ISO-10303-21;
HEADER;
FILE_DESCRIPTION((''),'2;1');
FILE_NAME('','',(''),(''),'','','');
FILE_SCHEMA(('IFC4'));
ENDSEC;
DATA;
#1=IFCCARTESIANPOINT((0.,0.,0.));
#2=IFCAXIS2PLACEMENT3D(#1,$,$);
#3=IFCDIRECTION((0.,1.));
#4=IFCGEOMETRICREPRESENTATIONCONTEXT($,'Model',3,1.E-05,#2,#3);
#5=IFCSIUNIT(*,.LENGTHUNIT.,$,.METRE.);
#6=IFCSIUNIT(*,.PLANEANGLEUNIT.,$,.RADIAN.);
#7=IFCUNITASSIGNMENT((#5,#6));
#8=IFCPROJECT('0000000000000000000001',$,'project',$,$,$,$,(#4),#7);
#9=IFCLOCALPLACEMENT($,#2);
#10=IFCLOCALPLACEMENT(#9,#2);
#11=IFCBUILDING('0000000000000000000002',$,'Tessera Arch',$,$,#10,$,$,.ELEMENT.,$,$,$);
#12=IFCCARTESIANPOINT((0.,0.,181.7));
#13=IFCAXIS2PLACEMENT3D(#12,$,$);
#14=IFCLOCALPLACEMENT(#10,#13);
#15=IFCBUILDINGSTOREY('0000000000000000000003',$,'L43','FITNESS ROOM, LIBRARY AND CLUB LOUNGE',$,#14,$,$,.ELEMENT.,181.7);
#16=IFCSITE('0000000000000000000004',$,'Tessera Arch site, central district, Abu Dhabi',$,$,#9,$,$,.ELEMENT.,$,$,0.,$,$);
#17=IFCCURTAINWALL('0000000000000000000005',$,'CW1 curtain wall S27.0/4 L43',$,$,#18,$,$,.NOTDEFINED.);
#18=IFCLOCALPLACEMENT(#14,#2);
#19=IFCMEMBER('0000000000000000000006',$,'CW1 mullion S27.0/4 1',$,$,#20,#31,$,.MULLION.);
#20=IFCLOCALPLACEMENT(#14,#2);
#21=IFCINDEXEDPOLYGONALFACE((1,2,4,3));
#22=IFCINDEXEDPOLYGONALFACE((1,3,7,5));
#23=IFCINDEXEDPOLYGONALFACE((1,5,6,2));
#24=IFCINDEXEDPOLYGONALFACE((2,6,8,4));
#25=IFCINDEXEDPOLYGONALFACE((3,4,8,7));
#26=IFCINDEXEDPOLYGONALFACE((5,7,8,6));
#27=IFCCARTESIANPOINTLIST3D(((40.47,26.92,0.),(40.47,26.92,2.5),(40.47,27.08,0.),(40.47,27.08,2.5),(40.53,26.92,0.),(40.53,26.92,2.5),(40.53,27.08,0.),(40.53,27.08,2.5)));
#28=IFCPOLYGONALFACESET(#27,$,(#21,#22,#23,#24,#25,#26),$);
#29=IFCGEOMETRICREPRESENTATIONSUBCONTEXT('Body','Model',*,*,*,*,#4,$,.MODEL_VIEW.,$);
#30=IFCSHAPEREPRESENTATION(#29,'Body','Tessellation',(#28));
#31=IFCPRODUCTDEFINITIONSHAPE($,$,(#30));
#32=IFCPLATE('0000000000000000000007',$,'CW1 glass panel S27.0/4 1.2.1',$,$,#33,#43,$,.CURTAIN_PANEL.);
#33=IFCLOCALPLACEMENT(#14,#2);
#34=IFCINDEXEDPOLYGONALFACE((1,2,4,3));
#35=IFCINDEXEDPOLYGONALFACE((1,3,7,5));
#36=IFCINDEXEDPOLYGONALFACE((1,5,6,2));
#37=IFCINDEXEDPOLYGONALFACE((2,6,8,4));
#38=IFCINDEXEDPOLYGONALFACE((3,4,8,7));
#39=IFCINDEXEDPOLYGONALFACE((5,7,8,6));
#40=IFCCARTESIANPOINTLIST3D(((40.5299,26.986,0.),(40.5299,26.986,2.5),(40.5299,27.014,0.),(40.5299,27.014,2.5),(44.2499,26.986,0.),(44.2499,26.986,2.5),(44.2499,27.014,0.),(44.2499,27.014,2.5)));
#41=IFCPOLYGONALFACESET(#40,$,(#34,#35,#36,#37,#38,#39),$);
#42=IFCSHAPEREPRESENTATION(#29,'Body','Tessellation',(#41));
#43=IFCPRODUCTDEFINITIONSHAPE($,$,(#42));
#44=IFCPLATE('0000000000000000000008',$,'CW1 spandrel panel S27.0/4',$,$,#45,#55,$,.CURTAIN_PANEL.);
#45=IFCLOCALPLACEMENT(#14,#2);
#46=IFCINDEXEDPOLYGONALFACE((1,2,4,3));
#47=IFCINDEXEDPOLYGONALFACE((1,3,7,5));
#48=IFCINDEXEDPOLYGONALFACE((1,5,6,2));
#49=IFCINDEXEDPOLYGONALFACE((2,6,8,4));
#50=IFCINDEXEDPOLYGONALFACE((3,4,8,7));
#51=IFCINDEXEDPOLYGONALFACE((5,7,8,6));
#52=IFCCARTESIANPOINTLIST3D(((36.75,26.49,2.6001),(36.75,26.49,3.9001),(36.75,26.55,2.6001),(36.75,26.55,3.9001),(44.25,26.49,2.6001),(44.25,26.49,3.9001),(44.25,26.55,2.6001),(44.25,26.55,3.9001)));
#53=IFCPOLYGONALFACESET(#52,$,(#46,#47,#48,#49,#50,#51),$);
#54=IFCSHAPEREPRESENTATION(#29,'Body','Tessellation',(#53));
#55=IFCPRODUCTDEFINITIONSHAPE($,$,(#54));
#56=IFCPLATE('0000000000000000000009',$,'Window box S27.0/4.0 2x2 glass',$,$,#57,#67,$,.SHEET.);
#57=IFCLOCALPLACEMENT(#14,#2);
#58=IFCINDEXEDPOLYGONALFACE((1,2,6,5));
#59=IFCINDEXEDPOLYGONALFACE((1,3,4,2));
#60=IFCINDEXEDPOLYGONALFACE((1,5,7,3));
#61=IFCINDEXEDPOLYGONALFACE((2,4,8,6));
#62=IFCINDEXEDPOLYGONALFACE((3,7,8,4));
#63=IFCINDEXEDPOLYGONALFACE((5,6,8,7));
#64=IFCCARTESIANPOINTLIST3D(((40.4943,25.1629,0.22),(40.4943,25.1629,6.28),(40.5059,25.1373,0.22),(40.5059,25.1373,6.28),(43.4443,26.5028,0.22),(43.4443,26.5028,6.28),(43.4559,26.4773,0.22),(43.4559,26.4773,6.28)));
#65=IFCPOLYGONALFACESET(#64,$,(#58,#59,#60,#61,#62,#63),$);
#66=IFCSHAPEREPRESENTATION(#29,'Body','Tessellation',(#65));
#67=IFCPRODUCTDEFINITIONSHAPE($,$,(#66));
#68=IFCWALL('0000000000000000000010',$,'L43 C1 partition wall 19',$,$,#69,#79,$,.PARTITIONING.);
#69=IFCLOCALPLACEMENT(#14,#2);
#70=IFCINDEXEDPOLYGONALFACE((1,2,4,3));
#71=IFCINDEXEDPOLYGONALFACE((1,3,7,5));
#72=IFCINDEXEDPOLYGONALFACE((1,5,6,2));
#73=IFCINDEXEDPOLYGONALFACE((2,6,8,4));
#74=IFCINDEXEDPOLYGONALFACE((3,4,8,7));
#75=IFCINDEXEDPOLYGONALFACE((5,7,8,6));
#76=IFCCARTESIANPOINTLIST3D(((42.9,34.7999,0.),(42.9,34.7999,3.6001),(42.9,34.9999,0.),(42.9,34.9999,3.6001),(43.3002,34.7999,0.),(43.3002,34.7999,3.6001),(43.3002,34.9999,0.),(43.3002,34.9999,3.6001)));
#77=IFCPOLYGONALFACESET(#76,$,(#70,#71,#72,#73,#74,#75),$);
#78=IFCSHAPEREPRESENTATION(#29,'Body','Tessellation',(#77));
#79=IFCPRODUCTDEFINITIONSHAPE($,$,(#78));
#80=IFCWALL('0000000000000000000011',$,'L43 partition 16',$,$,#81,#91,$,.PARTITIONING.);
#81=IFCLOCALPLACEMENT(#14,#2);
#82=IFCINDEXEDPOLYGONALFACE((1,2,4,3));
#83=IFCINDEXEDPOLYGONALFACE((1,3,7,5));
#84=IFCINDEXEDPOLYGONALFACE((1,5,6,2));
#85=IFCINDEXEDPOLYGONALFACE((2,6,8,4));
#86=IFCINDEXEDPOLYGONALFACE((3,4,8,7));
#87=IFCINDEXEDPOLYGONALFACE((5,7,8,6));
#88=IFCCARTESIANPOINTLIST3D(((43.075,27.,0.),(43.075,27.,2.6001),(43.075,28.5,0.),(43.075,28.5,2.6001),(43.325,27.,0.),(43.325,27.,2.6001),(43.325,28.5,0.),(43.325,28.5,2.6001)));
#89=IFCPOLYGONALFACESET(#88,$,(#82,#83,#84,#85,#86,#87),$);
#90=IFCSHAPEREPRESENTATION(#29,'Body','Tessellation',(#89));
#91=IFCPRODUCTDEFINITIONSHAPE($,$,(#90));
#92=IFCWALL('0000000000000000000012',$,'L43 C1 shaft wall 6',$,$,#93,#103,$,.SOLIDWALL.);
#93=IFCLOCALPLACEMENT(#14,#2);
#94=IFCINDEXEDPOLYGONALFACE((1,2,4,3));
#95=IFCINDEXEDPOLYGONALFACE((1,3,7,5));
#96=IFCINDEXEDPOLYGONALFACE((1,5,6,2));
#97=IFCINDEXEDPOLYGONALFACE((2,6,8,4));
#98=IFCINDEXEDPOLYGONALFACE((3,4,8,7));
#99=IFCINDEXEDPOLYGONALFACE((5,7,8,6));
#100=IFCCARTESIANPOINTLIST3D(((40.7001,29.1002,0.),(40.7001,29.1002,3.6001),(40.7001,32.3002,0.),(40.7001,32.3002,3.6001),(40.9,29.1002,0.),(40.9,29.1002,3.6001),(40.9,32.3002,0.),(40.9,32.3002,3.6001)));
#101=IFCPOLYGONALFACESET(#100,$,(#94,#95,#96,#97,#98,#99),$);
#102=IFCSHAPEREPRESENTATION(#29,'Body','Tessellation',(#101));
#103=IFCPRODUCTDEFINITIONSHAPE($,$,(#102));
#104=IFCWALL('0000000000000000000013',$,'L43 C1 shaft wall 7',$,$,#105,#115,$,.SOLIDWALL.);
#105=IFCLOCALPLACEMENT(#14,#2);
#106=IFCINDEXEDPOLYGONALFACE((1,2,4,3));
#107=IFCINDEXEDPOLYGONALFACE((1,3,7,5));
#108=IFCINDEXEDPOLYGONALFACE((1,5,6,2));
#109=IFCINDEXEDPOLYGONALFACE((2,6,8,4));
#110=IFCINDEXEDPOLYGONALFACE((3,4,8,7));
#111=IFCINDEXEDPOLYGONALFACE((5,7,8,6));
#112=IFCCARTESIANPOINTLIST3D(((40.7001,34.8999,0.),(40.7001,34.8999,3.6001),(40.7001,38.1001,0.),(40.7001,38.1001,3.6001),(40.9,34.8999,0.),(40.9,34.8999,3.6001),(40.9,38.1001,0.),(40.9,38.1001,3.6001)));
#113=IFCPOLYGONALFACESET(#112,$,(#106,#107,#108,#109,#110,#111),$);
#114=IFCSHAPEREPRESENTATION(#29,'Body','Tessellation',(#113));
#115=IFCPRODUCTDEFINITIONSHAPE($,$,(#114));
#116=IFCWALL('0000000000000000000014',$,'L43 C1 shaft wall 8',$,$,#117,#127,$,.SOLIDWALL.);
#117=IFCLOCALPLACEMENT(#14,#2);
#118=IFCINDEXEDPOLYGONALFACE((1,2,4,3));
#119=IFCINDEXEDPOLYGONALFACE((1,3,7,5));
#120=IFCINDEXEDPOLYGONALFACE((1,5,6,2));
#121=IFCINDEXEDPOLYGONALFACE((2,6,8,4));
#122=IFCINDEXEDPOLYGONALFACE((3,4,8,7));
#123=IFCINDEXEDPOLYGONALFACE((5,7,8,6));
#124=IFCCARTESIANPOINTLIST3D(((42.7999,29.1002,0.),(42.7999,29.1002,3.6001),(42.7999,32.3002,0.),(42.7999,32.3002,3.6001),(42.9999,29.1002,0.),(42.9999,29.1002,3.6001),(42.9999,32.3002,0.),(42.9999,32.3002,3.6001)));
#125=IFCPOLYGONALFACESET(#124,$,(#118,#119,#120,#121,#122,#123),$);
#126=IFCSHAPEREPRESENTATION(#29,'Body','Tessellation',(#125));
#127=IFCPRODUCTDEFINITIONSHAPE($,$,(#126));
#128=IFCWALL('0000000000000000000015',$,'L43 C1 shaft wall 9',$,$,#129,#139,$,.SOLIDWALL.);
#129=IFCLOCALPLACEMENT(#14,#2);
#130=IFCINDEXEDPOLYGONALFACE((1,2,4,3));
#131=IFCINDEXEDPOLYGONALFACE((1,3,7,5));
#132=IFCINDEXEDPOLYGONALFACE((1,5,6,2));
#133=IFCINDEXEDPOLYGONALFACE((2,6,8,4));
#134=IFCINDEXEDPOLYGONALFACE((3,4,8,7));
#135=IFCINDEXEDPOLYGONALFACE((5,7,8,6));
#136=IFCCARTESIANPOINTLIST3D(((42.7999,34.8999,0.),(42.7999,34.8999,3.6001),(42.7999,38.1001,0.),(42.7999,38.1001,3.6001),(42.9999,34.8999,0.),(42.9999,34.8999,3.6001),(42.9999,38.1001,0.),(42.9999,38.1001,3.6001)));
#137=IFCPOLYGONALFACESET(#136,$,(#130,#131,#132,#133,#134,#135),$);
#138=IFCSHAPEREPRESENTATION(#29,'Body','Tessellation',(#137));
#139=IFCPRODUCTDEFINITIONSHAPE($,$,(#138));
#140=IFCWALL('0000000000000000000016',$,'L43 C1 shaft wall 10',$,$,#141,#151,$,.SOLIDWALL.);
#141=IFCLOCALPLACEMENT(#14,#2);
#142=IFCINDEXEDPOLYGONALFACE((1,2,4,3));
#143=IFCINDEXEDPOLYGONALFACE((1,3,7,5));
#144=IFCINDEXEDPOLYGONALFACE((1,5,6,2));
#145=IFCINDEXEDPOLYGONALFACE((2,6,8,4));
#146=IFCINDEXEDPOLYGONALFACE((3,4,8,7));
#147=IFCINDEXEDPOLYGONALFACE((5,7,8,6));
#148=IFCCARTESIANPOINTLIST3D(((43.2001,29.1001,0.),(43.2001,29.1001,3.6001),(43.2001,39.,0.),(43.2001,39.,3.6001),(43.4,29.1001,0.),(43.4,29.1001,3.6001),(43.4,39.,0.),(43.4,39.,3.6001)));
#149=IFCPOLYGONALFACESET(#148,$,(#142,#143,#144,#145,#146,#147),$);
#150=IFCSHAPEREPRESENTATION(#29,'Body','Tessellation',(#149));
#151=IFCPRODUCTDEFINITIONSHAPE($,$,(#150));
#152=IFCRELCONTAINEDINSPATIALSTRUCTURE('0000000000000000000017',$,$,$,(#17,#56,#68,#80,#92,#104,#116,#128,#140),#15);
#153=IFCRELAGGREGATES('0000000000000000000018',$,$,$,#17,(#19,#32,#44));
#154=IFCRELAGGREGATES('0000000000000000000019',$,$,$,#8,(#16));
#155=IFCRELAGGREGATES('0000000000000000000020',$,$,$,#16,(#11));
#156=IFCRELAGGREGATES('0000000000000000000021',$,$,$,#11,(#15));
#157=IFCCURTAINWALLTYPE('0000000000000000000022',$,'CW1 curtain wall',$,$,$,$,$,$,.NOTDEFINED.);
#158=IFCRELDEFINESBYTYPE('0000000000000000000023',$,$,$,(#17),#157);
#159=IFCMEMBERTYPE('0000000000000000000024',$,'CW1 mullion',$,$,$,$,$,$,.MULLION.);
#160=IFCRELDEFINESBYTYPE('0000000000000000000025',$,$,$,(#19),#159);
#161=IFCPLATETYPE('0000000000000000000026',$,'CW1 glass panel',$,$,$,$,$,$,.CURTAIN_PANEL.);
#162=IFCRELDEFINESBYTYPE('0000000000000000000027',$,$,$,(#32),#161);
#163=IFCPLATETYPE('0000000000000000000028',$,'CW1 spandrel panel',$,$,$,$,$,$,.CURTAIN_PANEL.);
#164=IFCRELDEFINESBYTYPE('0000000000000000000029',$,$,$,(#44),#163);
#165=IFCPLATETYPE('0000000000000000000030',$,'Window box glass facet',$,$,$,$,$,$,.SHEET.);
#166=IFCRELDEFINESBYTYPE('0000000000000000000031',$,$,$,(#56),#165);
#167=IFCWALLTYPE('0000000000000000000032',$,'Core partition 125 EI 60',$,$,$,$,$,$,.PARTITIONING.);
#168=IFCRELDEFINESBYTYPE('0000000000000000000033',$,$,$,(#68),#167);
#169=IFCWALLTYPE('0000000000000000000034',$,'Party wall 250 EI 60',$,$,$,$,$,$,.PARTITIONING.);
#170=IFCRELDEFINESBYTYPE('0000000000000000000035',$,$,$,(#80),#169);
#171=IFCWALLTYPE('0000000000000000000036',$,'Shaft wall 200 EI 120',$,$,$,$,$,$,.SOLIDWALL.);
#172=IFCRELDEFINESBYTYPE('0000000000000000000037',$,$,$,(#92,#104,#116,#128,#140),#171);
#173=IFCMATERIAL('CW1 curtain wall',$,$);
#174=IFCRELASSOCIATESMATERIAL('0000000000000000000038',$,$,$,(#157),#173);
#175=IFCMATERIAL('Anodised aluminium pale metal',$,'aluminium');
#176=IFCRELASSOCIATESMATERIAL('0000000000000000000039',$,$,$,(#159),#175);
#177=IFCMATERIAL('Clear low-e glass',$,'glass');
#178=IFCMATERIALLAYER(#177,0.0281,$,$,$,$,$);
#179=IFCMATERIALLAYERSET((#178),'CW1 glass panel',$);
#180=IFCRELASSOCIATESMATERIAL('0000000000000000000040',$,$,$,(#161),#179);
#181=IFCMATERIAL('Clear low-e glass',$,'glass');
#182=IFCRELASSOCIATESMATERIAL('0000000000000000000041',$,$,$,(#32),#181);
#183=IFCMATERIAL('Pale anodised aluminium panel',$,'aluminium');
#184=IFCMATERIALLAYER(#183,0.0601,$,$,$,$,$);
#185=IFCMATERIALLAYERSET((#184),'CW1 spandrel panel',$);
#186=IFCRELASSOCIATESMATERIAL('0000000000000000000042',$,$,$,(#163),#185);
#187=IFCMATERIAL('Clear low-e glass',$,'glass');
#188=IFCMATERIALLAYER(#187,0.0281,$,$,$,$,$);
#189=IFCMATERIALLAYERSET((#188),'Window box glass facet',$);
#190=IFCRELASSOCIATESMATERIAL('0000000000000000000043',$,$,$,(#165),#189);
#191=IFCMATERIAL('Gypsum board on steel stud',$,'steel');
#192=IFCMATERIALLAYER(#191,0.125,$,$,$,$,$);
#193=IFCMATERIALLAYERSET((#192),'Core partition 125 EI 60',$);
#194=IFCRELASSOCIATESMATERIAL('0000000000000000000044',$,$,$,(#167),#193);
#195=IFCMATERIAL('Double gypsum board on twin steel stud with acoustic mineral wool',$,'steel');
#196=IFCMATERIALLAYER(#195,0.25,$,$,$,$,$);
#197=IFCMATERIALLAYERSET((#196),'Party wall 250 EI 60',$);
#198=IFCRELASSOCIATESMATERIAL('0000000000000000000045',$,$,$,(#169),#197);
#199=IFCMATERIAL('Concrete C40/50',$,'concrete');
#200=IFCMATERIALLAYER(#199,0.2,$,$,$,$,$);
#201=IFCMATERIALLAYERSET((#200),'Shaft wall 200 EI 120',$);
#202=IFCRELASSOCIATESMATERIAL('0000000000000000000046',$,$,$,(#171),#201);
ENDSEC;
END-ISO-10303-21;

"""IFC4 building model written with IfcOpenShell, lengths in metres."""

from ifc_helpers import new_model, si_unit, direction, frame, frame_2d, origin, origin_2d, place, context, subcontext, project, spatial, rectangle, extrude, material, layer, layer_set, material_profile, profile_set, type_object, element, aggregate, save


model = new_model("IFC4")

# Units and contexts
model_context = context("Model", 3, precision=1e-05, world=origin(), true_north=direction((0.0, 1.0)))
body_context = subcontext(model_context, "Body", "Model", "MODEL_VIEW")
ifc_project = project(units=[si_unit("LENGTHUNIT", "METRE"), si_unit("PLANEANGLEUNIT", "RADIAN")], contexts=[model_context])

# Site, building, storey
site_placement = place(None, origin())
site = spatial("IfcSite", under=ifc_project, at=site_placement, Name="Tessera Arch site, central district, Abu Dhabi", CompositionType="ELEMENT", RefElevation=0.0)
building_placement = place(site_placement, origin())
building = spatial("IfcBuilding", under=site, at=building_placement, Name="Tessera Arch", CompositionType="ELEMENT")
storey_placement = place(building_placement, frame((0.0, 0.0, 181.7)))
storey = spatial("IfcBuildingStorey", under=building, at=storey_placement, Name="L43", Description="FITNESS ROOM, LIBRARY AND CLUB LOUNGE", CompositionType="ELEMENT", Elevation=181.7)

# Curtain wall, member, plates
ifc_material_1 = material(Name="CW1 curtain wall")
curtain_wall_type = type_object("IfcCurtainWallType", Name="CW1 curtain wall", PredefinedType="NOTDEFINED", material=ifc_material_1)
curtain_wall_placement = place(storey_placement, origin())
curtain_wall = element("IfcCurtainWall", 1, at=curtain_wall_placement, inside=storey, type_object=curtain_wall_type, Name="CW1 curtain wall S27.0/4 L43", PredefinedType="NOTDEFINED")
ifc_material_2 = material(Name="Anodised aluminium pale metal", Category="aluminium")
ifc_material_profile = material_profile(ifc_material_2, rectangle(XDim=0.1599, YDim=0.0601, at=origin_2d()), Name="AL 60x160")
ifc_profile_set = profile_set([ifc_material_profile], Name="Anodised aluminium pale metal")
member_type = type_object("IfcMemberType", Name="CW1 mullion", PredefinedType="MULLION", material=ifc_profile_set)
member_placement = place(storey_placement, frame((40.5, 27.0, 0.0), z_axis=(0.0, 0.0, 1.0), x_axis=(0.0, 1.0, 0.0)))
member = element("IfcMember", 2, at=member_placement, type_object=member_type, Name="CW1 mullion S27.0/4 1", PredefinedType="MULLION", context=body_context, shape_type="SweptSolid", body=[
    extrude(rectangle(XDim=0.1599, YDim=0.0601, at=origin_2d()), origin(), (0.0, 0.0, 1.0), 2.5),
])
ifc_material_3 = material(Name="Clear low-e glass", Category="glass")
ifc_material_4 = material(Name="Clear low-e glass", Category="glass")
ifc_layer_1 = layer(ifc_material_4, 0.0281)
ifc_layer_set_1 = layer_set([ifc_layer_1], Name="CW1 glass panel")
plate_type_1 = type_object("IfcPlateType", Name="CW1 glass panel", PredefinedType="CURTAIN_PANEL", material=ifc_layer_set_1)
plate_1_placement = place(storey_placement, frame((42.3899, 27.0, 0.0), z_axis=(0.0, 0.0, 1.0), x_axis=(1.0, 0.0, 0.0)))
plate_1 = element("IfcPlate", 3, at=plate_1_placement, type_object=plate_type_1, material=ifc_material_3, Name="CW1 glass panel S27.0/4 1.2.1", PredefinedType="CURTAIN_PANEL", context=body_context, shape_type="SweptSolid", body=[
    extrude(rectangle(XDim=3.72, YDim=0.0281, at=origin_2d()), origin(), (0.0, 0.0, 1.0), 2.5),
])
ifc_material_5 = material(Name="Pale anodised aluminium panel", Category="aluminium")
ifc_layer_2 = layer(ifc_material_5, 0.0601)
ifc_layer_set_2 = layer_set([ifc_layer_2], Name="CW1 spandrel panel")
plate_type_2 = type_object("IfcPlateType", Name="CW1 spandrel panel", PredefinedType="CURTAIN_PANEL", material=ifc_layer_set_2)
plate_2_placement = place(storey_placement, frame((40.5, 26.52, 2.6001), z_axis=(0.0, 0.0, 1.0), x_axis=(1.0, 0.0, 0.0)))
plate_2 = element("IfcPlate", 4, at=plate_2_placement, type_object=plate_type_2, Name="CW1 spandrel panel S27.0/4", PredefinedType="CURTAIN_PANEL", context=body_context, shape_type="SweptSolid", body=[
    extrude(rectangle(XDim=7.5, YDim=0.0601, at=origin_2d()), origin(), (0.0, 0.0, 1.0), 1.3),
])
aggregate(curtain_wall, [member, plate_1, plate_2])

# Plate
ifc_material_6 = material(Name="Clear low-e glass", Category="glass")
ifc_layer_3 = layer(ifc_material_6, 0.0281)
ifc_layer_set_3 = layer_set([ifc_layer_3], Name="Window box glass facet")
plate_type_3 = type_object("IfcPlateType", Name="Window box glass facet", PredefinedType="SHEET", material=ifc_layer_set_3)
plate_3_placement = place(storey_placement, frame((41.9751, 25.8201, 0.22), z_axis=(0.0, 0.0, 1.0), x_axis=(-0.910472, -0.41357, 0.0)))
element("IfcPlate", 5, at=plate_3_placement, inside=storey, type_object=plate_type_3, Name="Window box S27.0/4.0 2x2 glass", PredefinedType="SHEET", context=body_context, shape_type="SweptSolid", body=[
    extrude(rectangle(XDim=3.24, YDim=0.0281, at=origin_2d()), origin(), (0.0, 0.0, 1.0), 6.0601),
])

# Walls
ifc_material_7 = material(Name="Gypsum board on steel stud", Category="steel")
ifc_layer_4 = layer(ifc_material_7, 0.125)
ifc_layer_set_4 = layer_set([ifc_layer_4], Name="Core partition 125 EI 60")
wall_type_1 = type_object("IfcWallType", Name="Core partition 125 EI 60", PredefinedType="PARTITIONING", material=ifc_layer_set_4)
wall_1_placement = place(storey_placement, frame((42.8999, 34.8999, 0.0), z_axis=(0.0, 0.0, 1.0), x_axis=(1.0, 0.0, 0.0)))
element("IfcWall", 6, at=wall_1_placement, inside=storey, type_object=wall_type_1, Name="L43 C1 partition wall 19", PredefinedType="PARTITIONING", context=body_context, shape_type="SweptSolid", body=[
    extrude(rectangle(XDim=0.4001, YDim=0.2, at=frame_2d((0.2002, 0.0))), origin(), (0.0, 0.0, 1.0), 3.6001),
])
ifc_material_8 = material(Name="Double gypsum board on twin steel stud with acoustic mineral wool", Category="steel")
ifc_layer_5 = layer(ifc_material_8, 0.25)
ifc_layer_set_5 = layer_set([ifc_layer_5], Name="Party wall 250 EI 60")
wall_type_2 = type_object("IfcWallType", Name="Party wall 250 EI 60", PredefinedType="PARTITIONING", material=ifc_layer_set_5)
wall_2_placement = place(storey_placement, frame((43.2, 27.0, 0.0), z_axis=(0.0, 0.0, 1.0), x_axis=(0.0, 1.0, 0.0)))
element("IfcWall", 7, at=wall_2_placement, inside=storey, type_object=wall_type_2, Name="L43 partition 16", PredefinedType="PARTITIONING", context=body_context, shape_type="SweptSolid", body=[
    extrude(rectangle(XDim=1.5, YDim=0.25, at=frame_2d((0.75, 0.0))), origin(), (0.0, 0.0, 1.0), 2.6001),
])
ifc_material_9 = material(Name="Concrete C40/50", Category="concrete")
ifc_layer_6 = layer(ifc_material_9, 0.2)
ifc_layer_set_6 = layer_set([ifc_layer_6], Name="Shaft wall 200 EI 120")
wall_type_3 = type_object("IfcWallType", Name="Shaft wall 200 EI 120", PredefinedType="SOLIDWALL", material=ifc_layer_set_6)
wall_3_placement = place(storey_placement, frame((40.8, 29.1001, 0.0), z_axis=(0.0, 0.0, 1.0), x_axis=(0.0, 1.0, 0.0)))
element("IfcWall", 8, at=wall_3_placement, inside=storey, type_object=wall_type_3, Name="L43 C1 shaft wall 6", PredefinedType="SOLIDWALL", context=body_context, shape_type="SweptSolid", body=[
    extrude(rectangle(XDim=3.2, YDim=0.2, at=frame_2d((1.6001, 0.0))), origin(), (0.0, 0.0, 1.0), 3.6001),
])
wall_4_placement = place(storey_placement, frame((40.8, 34.8999, 0.0), z_axis=(0.0, 0.0, 1.0), x_axis=(0.0, 1.0, 0.0)))
element("IfcWall", 9, at=wall_4_placement, inside=storey, type_object=wall_type_3, Name="L43 C1 shaft wall 7", PredefinedType="SOLIDWALL", context=body_context, shape_type="SweptSolid", body=[
    extrude(rectangle(XDim=3.2002, YDim=0.2, at=frame_2d((1.6001, 0.0))), origin(), (0.0, 0.0, 1.0), 3.6001),
])
wall_5_placement = place(storey_placement, frame((42.8999, 29.1001, 0.0), z_axis=(0.0, 0.0, 1.0), x_axis=(0.0, 1.0, 0.0)))
element("IfcWall", 10, at=wall_5_placement, inside=storey, type_object=wall_type_3, Name="L43 C1 shaft wall 8", PredefinedType="SOLIDWALL", context=body_context, shape_type="SweptSolid", body=[
    extrude(rectangle(XDim=3.2, YDim=0.2, at=frame_2d((1.6001, 0.0))), origin(), (0.0, 0.0, 1.0), 3.6001),
])
wall_6_placement = place(storey_placement, frame((42.8999, 34.8999, 0.0), z_axis=(0.0, 0.0, 1.0), x_axis=(0.0, 1.0, 0.0)))
element("IfcWall", 11, at=wall_6_placement, inside=storey, type_object=wall_type_3, Name="L43 C1 shaft wall 9", PredefinedType="SOLIDWALL", context=body_context, shape_type="SweptSolid", body=[
    extrude(rectangle(XDim=3.2002, YDim=0.2, at=frame_2d((1.6001, 0.0))), origin(), (0.0, 0.0, 1.0), 3.6001),
])
wall_7_placement = place(storey_placement, frame((43.3, 29.1001, 0.0), z_axis=(0.0, 0.0, 1.0), x_axis=(0.0, 1.0, 0.0)))
element("IfcWall", 12, at=wall_7_placement, inside=storey, type_object=wall_type_3, Name="L43 C1 shaft wall 10", PredefinedType="SOLIDWALL", context=body_context, shape_type="SweptSolid", body=[
    extrude(rectangle(XDim=9.8999, YDim=0.2, at=frame_2d((4.95, 0.0))), origin(), (0.0, 0.0, 1.0), 3.6001),
])

save(model, "model.ifc")
